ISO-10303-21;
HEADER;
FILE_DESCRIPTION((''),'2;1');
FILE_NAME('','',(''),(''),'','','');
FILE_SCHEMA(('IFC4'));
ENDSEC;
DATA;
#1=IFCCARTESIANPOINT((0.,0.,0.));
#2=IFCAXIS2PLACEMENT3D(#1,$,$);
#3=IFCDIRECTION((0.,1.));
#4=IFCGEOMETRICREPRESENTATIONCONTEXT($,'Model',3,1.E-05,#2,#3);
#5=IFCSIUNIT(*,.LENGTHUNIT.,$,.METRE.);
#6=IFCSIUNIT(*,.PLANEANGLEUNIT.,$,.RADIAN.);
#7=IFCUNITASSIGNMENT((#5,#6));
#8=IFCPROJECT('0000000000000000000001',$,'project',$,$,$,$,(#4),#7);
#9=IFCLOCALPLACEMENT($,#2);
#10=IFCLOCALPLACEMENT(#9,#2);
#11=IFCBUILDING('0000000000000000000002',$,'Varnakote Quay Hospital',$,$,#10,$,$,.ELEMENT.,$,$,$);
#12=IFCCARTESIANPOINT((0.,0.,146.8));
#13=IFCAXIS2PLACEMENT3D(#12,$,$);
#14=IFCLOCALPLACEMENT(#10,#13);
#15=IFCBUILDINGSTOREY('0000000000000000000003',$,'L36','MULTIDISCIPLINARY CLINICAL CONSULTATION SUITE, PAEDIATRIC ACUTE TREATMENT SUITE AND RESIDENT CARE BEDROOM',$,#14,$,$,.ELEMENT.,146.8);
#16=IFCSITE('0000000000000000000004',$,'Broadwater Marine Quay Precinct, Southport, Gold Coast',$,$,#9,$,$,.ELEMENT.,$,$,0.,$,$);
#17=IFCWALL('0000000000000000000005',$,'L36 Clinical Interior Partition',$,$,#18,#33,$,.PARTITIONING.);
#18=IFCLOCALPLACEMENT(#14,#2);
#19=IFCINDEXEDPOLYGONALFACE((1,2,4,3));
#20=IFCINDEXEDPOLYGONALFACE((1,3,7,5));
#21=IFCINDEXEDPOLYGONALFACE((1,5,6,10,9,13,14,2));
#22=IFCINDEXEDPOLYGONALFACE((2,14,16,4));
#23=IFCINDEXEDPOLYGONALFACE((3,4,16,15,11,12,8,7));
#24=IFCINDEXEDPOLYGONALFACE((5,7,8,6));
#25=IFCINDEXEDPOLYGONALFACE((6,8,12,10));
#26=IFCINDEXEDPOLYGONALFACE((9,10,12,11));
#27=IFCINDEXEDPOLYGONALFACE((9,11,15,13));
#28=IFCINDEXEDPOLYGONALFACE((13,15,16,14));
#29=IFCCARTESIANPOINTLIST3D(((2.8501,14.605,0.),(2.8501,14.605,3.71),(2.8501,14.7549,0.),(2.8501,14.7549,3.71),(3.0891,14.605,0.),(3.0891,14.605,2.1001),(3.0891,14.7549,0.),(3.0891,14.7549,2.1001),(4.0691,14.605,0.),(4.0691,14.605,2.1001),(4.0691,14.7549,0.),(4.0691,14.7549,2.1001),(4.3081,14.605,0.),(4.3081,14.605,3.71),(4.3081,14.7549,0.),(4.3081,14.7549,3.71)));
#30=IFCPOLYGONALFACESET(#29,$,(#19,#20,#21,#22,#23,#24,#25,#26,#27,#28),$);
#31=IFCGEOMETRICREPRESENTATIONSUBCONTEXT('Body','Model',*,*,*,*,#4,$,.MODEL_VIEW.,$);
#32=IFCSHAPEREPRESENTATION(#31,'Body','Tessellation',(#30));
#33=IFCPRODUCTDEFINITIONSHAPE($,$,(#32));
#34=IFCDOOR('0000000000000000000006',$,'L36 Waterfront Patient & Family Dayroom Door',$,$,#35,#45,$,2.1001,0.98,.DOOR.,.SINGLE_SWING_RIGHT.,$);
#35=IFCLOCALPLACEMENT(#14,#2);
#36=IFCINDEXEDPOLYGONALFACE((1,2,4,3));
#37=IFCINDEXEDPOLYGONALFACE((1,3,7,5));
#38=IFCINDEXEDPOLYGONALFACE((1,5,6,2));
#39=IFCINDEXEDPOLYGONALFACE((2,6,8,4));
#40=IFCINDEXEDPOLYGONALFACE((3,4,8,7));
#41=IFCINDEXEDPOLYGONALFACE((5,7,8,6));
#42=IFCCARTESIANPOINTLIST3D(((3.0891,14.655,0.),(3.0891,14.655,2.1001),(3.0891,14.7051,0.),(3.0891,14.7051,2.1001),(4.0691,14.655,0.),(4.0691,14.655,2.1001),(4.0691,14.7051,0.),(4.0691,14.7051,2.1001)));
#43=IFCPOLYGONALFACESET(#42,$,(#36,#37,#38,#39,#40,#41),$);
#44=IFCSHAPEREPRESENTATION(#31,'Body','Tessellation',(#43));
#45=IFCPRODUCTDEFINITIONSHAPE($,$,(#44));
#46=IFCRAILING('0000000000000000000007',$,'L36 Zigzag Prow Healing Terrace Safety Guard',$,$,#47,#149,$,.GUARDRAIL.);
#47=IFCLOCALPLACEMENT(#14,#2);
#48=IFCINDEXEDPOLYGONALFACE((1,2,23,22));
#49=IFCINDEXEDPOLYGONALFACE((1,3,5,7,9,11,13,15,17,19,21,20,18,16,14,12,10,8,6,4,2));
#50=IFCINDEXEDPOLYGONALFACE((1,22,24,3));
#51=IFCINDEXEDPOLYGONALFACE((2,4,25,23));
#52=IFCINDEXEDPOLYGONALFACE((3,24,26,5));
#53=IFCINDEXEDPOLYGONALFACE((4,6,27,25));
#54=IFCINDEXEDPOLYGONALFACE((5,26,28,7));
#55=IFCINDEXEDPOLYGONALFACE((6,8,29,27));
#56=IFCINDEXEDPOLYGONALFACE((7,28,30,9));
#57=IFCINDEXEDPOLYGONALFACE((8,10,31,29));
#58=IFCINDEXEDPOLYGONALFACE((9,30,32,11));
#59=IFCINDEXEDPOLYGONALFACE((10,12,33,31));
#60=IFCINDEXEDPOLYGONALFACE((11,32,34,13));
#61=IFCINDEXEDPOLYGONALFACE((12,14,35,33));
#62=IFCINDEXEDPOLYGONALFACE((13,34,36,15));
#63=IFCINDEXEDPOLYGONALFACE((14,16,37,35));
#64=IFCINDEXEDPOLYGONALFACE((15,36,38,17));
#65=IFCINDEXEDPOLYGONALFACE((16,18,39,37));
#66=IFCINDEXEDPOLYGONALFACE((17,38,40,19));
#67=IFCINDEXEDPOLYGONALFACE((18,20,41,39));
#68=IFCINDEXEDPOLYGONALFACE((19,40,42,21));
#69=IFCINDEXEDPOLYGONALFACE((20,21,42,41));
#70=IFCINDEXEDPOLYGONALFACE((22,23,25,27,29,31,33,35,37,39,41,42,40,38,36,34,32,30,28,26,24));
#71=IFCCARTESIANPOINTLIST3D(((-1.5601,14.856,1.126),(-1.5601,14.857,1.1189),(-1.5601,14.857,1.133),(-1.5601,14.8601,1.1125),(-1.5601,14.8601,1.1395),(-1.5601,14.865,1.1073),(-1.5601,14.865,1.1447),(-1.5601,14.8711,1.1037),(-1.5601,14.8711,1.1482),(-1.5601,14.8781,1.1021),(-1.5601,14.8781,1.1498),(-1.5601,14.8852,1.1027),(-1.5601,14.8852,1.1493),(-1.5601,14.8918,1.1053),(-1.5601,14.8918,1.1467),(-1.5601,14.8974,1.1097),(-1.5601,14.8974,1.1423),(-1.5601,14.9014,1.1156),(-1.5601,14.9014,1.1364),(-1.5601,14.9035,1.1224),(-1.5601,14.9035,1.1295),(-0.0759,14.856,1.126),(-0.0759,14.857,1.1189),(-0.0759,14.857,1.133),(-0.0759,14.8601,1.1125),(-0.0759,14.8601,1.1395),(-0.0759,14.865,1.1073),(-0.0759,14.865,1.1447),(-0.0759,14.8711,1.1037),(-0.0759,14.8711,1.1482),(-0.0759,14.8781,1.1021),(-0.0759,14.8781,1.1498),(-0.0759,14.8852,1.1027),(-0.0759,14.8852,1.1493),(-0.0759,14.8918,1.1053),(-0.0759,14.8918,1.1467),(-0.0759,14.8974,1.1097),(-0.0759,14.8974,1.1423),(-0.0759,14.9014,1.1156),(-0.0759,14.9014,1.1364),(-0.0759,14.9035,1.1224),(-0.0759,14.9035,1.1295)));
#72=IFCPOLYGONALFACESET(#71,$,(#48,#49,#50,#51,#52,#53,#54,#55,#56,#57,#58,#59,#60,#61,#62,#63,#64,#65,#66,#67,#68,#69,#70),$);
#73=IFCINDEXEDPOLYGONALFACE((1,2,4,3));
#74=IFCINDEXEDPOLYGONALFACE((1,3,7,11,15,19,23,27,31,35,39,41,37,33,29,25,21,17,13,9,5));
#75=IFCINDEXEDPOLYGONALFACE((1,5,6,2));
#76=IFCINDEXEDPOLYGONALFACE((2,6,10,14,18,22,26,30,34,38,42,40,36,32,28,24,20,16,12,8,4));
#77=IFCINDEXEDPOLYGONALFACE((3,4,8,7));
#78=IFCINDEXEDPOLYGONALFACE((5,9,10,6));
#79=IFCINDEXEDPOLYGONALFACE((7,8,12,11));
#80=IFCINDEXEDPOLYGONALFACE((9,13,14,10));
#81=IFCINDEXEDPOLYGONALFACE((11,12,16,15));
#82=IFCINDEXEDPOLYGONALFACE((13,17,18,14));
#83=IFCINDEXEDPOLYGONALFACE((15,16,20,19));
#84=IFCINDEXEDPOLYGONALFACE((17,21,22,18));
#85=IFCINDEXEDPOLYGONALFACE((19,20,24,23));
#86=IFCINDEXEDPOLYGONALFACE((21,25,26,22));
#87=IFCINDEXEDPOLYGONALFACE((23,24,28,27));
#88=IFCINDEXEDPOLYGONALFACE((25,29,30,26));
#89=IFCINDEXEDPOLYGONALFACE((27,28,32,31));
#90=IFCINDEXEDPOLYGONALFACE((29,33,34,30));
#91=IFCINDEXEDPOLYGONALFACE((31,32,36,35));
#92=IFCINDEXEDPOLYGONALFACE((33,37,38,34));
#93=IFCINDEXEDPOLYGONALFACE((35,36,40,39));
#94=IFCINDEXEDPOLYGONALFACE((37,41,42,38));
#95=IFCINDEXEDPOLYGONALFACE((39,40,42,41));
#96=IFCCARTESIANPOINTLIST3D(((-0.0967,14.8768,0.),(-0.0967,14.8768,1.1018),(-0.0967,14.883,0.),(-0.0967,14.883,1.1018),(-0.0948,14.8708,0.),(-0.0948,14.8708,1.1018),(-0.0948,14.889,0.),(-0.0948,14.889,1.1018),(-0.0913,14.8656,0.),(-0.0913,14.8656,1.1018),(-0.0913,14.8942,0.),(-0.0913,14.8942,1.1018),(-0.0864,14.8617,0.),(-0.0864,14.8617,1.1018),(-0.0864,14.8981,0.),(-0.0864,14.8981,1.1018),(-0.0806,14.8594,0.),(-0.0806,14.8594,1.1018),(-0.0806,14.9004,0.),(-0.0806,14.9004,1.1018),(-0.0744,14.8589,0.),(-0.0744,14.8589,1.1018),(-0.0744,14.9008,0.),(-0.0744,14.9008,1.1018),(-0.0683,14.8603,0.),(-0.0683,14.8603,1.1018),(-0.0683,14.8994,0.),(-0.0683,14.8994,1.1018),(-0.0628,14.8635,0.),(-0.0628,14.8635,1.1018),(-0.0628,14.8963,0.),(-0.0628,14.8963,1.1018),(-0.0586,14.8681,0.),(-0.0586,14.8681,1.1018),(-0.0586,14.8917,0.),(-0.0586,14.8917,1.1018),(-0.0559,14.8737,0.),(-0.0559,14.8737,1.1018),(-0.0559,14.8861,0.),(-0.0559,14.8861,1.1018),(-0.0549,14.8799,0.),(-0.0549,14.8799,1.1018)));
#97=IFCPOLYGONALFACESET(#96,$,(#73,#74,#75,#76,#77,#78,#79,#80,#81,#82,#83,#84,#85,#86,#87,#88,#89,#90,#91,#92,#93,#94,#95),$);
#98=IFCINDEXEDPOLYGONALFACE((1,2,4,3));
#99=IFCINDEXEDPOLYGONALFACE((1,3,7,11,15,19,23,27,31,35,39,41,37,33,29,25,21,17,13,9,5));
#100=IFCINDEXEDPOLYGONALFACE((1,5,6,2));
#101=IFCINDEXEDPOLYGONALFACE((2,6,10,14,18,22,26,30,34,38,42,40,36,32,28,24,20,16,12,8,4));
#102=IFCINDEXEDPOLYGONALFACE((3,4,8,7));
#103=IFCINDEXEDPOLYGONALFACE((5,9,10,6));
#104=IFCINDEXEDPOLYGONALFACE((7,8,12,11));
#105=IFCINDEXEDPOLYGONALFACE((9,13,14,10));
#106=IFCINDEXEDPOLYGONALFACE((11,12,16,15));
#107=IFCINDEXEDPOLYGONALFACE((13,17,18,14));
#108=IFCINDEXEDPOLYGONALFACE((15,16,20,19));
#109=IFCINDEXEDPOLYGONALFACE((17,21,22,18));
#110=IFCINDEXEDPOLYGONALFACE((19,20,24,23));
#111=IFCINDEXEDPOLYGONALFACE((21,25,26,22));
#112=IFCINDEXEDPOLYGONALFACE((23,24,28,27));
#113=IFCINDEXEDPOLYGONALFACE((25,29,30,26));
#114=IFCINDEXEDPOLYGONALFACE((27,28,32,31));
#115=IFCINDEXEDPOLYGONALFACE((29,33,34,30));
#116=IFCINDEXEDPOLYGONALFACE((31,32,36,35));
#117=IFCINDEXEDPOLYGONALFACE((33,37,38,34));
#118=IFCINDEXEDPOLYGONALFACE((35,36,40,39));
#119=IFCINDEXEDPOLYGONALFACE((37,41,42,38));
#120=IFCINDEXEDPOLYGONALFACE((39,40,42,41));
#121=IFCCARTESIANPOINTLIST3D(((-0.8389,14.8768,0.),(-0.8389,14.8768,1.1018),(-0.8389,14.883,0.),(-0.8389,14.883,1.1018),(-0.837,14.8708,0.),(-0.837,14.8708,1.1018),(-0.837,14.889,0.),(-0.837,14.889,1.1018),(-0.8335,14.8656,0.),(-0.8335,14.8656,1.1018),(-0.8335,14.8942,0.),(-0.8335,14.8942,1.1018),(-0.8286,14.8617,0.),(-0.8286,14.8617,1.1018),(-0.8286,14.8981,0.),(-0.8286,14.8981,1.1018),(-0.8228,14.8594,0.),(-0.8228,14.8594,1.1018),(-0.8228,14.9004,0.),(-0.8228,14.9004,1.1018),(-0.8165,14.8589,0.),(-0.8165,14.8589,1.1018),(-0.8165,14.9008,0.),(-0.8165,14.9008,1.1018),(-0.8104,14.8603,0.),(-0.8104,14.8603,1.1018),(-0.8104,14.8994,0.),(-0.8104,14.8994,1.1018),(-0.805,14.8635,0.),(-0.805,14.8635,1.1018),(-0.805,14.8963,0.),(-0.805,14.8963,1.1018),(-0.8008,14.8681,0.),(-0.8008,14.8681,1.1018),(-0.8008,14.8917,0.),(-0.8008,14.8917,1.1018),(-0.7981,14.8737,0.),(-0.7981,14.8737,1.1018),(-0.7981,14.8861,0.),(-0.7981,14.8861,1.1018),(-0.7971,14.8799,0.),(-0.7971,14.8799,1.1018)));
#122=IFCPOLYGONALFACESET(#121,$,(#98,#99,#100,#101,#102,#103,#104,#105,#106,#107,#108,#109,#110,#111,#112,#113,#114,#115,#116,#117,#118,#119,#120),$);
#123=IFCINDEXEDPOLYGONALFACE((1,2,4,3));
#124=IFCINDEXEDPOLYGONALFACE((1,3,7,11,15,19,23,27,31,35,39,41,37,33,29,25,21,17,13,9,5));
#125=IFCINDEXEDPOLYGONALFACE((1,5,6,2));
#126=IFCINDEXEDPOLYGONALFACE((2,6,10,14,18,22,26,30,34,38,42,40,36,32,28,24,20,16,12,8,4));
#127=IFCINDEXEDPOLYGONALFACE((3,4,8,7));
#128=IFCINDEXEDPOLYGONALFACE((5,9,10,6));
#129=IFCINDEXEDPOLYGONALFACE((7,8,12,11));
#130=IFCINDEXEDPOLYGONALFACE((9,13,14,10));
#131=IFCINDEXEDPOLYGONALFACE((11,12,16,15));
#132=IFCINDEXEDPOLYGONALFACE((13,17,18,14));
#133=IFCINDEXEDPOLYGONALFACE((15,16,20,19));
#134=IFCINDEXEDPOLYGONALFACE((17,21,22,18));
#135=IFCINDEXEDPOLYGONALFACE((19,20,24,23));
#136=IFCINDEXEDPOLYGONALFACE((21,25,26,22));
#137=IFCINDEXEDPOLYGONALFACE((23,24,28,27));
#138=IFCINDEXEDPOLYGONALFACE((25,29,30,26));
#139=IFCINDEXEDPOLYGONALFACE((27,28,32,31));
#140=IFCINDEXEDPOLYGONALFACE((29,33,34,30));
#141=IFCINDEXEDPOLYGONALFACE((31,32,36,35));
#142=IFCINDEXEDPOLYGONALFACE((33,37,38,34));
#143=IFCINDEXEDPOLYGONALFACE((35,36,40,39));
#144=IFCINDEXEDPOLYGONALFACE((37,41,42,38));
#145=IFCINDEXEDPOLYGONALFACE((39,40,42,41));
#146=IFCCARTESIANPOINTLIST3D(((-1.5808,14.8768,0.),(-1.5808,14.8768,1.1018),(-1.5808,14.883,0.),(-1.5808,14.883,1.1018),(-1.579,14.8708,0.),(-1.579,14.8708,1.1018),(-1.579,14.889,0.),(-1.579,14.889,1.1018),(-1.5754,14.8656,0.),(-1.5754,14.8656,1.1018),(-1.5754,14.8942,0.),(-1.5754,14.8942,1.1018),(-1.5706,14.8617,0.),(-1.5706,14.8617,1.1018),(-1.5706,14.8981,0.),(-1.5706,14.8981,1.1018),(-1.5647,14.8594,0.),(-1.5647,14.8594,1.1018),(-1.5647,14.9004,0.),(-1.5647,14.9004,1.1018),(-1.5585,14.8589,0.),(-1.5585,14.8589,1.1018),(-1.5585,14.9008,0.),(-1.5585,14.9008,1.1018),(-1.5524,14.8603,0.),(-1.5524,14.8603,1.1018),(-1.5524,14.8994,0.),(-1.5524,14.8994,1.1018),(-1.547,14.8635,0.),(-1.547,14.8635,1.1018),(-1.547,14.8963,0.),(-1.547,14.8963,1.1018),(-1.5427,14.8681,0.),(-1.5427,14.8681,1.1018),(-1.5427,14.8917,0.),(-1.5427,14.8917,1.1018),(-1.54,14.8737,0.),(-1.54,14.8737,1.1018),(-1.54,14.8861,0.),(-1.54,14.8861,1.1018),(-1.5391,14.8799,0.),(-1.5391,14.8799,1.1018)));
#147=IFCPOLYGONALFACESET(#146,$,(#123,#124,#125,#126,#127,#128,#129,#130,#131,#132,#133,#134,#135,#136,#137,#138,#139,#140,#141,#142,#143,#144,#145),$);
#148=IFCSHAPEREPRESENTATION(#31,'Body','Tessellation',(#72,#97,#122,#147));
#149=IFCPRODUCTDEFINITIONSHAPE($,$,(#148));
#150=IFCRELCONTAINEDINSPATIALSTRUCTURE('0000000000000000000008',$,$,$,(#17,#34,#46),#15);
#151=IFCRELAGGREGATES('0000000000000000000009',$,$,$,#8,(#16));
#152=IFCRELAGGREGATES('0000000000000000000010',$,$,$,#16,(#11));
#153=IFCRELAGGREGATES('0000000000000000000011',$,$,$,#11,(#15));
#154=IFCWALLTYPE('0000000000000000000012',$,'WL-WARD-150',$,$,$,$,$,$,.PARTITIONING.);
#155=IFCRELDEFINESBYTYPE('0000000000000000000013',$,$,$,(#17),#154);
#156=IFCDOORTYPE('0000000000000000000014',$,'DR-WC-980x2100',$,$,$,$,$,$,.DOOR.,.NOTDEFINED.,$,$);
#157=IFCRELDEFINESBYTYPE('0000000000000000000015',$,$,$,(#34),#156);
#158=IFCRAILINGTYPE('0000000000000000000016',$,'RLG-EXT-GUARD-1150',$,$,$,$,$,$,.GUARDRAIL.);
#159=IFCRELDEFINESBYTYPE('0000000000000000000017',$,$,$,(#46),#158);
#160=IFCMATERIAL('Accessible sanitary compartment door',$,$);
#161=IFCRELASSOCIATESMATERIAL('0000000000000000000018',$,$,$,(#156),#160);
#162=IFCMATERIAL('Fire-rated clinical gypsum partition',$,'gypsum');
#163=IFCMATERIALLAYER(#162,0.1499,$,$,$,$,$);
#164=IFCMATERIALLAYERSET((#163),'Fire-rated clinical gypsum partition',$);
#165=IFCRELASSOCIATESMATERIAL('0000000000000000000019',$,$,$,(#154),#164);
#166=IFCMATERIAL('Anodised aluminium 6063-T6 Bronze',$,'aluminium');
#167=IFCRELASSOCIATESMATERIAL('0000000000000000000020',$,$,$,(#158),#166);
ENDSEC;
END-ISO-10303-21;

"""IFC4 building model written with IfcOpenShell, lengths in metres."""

from ifc_helpers import new_model, si_unit, direction, frame, frame_2d, origin, origin_2d, place, context, subcontext, project, spatial, rectangle, circle, extrude, material, layer, layer_set, type_object, element, fill, save


model = new_model("IFC4")

# Units and contexts
model_context = context("Model", 3, precision=1e-05, world=origin(), true_north=direction((0.0, 1.0)))
body_context = subcontext(model_context, "Body", "Model", "MODEL_VIEW")
ifc_project = project(units=[si_unit("LENGTHUNIT", "METRE"), si_unit("PLANEANGLEUNIT", "RADIAN")], contexts=[model_context])

# Site, building, storey
site_placement = place(None, origin())
site = spatial("IfcSite", under=ifc_project, at=site_placement, Name="Broadwater Marine Quay Precinct, Southport, Gold Coast", CompositionType="ELEMENT", RefElevation=0.0)
building_placement = place(site_placement, origin())
building = spatial("IfcBuilding", under=site, at=building_placement, Name="Varnakote Quay Hospital", CompositionType="ELEMENT")
storey_placement = place(building_placement, frame((0.0, 0.0, 146.8)))
storey = spatial("IfcBuildingStorey", under=building, at=storey_placement, Name="L36", Description="MULTIDISCIPLINARY CLINICAL CONSULTATION SUITE, PAEDIATRIC ACUTE TREATMENT SUITE AND RESIDENT CARE BEDROOM", CompositionType="ELEMENT", Elevation=146.8)

# Shared definitions
ifc_material_1 = material(Name="Accessible sanitary compartment door")
door_type_1 = type_object("IfcDoorType", Name="DR-WC-980x2100", OperationType="NOTDEFINED", PredefinedType="DOOR", material=ifc_material_1)

# Wall, opening, door
ifc_material_2 = material(Name="Fire-rated clinical gypsum partition", Category="gypsum")
ifc_layer_1 = layer(ifc_material_2, 0.1499)
ifc_layer_set_1 = layer_set([ifc_layer_1], Name="Fire-rated clinical gypsum partition")
wall_type_1 = type_object("IfcWallType", Name="WL-WARD-150", PredefinedType="PARTITIONING", material=ifc_layer_set_1)
wall_1_placement = place(storey_placement, frame((4.3081, 14.6799, 0.0), z_axis=(0.0, 0.0, 1.0), x_axis=(-1.0, 0.0, 0.0)))
wall_1 = element("IfcWall", 1, at=wall_1_placement, inside=storey, type_object=wall_type_1, Name="L36 Clinical Interior Partition", PredefinedType="PARTITIONING", context=body_context, shape_type="SweptSolid", body=[
    extrude(rectangle(XDim=1.458, YDim=0.1499, at=frame_2d((0.729, 0.0))), origin(), (0.0, 0.0, 1.0), 3.71),
])
opening_1_placement = place(wall_1_placement, frame((0.239, 0.0, 0.0)))
opening_1 = element("IfcOpeningElement", 2, at=opening_1_placement, cuts=wall_1, PredefinedType="OPENING", context=body_context, shape_type="SweptSolid", body=[
    extrude(rectangle(XDim=0.98, YDim=2.1001, at=frame_2d((0.49, 1.05))), frame((0.0, 0.085, 0.0), z_axis=(0.0, -1.0, 0.0), x_axis=(1.0, 0.0, 0.0)), (0.0, 0.0, 1.0), 0.1699),
])
door_1_placement = place(opening_1_placement, origin())
door_1 = element("IfcDoor", 3, at=door_1_placement, inside=storey, type_object=door_type_1, Name="L36 Waterfront Patient & Family Dayroom Door", OperationType="SINGLE_SWING_RIGHT", OverallHeight=2.1001, OverallWidth=0.98, PredefinedType="DOOR", context=body_context, shape_type="SweptSolid", body=[
    extrude(rectangle(XDim=0.98, YDim=2.1001, at=frame_2d((0.49, 1.05))), frame((0.0, 0.0249, 0.0), z_axis=(0.0, -1.0, 0.0), x_axis=(1.0, 0.0, 0.0)), (0.0, 0.0, 1.0), 0.05),
])
fill(opening_1, door_1)

# Railing
ifc_material_3 = material(Name="Anodised aluminium 6063-T6 Bronze", Category="aluminium")
railing_type = type_object("IfcRailingType", Name="RLG-EXT-GUARD-1150", PredefinedType="GUARDRAIL", material=ifc_material_3)
railing_1_placement = place(storey_placement, frame((-0.0759, 14.8799, 0.0)))
element("IfcRailing", 4, at=railing_1_placement, inside=storey, type_object=railing_type, Name="L36 Zigzag Prow Healing Terrace Safety Guard", PredefinedType="GUARDRAIL", context=body_context, shape_type="SweptSolid", body=[
    extrude(circle(Radius=0.0239, at=origin_2d()), frame((0.0, 0.0, 1.126), z_axis=(-1.0, 0.0, 0.0), x_axis=(0.0, -1.0, 0.0)), (0.0, 0.0, 1.0), 1.4841),
    extrude(circle(Radius=0.021, at=origin_2d()), origin(), (0.0, 0.0, 1.0), 1.1018),
    extrude(circle(Radius=0.021, at=origin_2d()), frame((-0.7422, 0.0, 0.0)), (0.0, 0.0, 1.0), 1.1018),
    extrude(circle(Radius=0.021, at=origin_2d()), frame((-1.4841, 0.0, 0.0)), (0.0, 0.0, 1.0), 1.1018),
])

save(model, "model.ifc")
